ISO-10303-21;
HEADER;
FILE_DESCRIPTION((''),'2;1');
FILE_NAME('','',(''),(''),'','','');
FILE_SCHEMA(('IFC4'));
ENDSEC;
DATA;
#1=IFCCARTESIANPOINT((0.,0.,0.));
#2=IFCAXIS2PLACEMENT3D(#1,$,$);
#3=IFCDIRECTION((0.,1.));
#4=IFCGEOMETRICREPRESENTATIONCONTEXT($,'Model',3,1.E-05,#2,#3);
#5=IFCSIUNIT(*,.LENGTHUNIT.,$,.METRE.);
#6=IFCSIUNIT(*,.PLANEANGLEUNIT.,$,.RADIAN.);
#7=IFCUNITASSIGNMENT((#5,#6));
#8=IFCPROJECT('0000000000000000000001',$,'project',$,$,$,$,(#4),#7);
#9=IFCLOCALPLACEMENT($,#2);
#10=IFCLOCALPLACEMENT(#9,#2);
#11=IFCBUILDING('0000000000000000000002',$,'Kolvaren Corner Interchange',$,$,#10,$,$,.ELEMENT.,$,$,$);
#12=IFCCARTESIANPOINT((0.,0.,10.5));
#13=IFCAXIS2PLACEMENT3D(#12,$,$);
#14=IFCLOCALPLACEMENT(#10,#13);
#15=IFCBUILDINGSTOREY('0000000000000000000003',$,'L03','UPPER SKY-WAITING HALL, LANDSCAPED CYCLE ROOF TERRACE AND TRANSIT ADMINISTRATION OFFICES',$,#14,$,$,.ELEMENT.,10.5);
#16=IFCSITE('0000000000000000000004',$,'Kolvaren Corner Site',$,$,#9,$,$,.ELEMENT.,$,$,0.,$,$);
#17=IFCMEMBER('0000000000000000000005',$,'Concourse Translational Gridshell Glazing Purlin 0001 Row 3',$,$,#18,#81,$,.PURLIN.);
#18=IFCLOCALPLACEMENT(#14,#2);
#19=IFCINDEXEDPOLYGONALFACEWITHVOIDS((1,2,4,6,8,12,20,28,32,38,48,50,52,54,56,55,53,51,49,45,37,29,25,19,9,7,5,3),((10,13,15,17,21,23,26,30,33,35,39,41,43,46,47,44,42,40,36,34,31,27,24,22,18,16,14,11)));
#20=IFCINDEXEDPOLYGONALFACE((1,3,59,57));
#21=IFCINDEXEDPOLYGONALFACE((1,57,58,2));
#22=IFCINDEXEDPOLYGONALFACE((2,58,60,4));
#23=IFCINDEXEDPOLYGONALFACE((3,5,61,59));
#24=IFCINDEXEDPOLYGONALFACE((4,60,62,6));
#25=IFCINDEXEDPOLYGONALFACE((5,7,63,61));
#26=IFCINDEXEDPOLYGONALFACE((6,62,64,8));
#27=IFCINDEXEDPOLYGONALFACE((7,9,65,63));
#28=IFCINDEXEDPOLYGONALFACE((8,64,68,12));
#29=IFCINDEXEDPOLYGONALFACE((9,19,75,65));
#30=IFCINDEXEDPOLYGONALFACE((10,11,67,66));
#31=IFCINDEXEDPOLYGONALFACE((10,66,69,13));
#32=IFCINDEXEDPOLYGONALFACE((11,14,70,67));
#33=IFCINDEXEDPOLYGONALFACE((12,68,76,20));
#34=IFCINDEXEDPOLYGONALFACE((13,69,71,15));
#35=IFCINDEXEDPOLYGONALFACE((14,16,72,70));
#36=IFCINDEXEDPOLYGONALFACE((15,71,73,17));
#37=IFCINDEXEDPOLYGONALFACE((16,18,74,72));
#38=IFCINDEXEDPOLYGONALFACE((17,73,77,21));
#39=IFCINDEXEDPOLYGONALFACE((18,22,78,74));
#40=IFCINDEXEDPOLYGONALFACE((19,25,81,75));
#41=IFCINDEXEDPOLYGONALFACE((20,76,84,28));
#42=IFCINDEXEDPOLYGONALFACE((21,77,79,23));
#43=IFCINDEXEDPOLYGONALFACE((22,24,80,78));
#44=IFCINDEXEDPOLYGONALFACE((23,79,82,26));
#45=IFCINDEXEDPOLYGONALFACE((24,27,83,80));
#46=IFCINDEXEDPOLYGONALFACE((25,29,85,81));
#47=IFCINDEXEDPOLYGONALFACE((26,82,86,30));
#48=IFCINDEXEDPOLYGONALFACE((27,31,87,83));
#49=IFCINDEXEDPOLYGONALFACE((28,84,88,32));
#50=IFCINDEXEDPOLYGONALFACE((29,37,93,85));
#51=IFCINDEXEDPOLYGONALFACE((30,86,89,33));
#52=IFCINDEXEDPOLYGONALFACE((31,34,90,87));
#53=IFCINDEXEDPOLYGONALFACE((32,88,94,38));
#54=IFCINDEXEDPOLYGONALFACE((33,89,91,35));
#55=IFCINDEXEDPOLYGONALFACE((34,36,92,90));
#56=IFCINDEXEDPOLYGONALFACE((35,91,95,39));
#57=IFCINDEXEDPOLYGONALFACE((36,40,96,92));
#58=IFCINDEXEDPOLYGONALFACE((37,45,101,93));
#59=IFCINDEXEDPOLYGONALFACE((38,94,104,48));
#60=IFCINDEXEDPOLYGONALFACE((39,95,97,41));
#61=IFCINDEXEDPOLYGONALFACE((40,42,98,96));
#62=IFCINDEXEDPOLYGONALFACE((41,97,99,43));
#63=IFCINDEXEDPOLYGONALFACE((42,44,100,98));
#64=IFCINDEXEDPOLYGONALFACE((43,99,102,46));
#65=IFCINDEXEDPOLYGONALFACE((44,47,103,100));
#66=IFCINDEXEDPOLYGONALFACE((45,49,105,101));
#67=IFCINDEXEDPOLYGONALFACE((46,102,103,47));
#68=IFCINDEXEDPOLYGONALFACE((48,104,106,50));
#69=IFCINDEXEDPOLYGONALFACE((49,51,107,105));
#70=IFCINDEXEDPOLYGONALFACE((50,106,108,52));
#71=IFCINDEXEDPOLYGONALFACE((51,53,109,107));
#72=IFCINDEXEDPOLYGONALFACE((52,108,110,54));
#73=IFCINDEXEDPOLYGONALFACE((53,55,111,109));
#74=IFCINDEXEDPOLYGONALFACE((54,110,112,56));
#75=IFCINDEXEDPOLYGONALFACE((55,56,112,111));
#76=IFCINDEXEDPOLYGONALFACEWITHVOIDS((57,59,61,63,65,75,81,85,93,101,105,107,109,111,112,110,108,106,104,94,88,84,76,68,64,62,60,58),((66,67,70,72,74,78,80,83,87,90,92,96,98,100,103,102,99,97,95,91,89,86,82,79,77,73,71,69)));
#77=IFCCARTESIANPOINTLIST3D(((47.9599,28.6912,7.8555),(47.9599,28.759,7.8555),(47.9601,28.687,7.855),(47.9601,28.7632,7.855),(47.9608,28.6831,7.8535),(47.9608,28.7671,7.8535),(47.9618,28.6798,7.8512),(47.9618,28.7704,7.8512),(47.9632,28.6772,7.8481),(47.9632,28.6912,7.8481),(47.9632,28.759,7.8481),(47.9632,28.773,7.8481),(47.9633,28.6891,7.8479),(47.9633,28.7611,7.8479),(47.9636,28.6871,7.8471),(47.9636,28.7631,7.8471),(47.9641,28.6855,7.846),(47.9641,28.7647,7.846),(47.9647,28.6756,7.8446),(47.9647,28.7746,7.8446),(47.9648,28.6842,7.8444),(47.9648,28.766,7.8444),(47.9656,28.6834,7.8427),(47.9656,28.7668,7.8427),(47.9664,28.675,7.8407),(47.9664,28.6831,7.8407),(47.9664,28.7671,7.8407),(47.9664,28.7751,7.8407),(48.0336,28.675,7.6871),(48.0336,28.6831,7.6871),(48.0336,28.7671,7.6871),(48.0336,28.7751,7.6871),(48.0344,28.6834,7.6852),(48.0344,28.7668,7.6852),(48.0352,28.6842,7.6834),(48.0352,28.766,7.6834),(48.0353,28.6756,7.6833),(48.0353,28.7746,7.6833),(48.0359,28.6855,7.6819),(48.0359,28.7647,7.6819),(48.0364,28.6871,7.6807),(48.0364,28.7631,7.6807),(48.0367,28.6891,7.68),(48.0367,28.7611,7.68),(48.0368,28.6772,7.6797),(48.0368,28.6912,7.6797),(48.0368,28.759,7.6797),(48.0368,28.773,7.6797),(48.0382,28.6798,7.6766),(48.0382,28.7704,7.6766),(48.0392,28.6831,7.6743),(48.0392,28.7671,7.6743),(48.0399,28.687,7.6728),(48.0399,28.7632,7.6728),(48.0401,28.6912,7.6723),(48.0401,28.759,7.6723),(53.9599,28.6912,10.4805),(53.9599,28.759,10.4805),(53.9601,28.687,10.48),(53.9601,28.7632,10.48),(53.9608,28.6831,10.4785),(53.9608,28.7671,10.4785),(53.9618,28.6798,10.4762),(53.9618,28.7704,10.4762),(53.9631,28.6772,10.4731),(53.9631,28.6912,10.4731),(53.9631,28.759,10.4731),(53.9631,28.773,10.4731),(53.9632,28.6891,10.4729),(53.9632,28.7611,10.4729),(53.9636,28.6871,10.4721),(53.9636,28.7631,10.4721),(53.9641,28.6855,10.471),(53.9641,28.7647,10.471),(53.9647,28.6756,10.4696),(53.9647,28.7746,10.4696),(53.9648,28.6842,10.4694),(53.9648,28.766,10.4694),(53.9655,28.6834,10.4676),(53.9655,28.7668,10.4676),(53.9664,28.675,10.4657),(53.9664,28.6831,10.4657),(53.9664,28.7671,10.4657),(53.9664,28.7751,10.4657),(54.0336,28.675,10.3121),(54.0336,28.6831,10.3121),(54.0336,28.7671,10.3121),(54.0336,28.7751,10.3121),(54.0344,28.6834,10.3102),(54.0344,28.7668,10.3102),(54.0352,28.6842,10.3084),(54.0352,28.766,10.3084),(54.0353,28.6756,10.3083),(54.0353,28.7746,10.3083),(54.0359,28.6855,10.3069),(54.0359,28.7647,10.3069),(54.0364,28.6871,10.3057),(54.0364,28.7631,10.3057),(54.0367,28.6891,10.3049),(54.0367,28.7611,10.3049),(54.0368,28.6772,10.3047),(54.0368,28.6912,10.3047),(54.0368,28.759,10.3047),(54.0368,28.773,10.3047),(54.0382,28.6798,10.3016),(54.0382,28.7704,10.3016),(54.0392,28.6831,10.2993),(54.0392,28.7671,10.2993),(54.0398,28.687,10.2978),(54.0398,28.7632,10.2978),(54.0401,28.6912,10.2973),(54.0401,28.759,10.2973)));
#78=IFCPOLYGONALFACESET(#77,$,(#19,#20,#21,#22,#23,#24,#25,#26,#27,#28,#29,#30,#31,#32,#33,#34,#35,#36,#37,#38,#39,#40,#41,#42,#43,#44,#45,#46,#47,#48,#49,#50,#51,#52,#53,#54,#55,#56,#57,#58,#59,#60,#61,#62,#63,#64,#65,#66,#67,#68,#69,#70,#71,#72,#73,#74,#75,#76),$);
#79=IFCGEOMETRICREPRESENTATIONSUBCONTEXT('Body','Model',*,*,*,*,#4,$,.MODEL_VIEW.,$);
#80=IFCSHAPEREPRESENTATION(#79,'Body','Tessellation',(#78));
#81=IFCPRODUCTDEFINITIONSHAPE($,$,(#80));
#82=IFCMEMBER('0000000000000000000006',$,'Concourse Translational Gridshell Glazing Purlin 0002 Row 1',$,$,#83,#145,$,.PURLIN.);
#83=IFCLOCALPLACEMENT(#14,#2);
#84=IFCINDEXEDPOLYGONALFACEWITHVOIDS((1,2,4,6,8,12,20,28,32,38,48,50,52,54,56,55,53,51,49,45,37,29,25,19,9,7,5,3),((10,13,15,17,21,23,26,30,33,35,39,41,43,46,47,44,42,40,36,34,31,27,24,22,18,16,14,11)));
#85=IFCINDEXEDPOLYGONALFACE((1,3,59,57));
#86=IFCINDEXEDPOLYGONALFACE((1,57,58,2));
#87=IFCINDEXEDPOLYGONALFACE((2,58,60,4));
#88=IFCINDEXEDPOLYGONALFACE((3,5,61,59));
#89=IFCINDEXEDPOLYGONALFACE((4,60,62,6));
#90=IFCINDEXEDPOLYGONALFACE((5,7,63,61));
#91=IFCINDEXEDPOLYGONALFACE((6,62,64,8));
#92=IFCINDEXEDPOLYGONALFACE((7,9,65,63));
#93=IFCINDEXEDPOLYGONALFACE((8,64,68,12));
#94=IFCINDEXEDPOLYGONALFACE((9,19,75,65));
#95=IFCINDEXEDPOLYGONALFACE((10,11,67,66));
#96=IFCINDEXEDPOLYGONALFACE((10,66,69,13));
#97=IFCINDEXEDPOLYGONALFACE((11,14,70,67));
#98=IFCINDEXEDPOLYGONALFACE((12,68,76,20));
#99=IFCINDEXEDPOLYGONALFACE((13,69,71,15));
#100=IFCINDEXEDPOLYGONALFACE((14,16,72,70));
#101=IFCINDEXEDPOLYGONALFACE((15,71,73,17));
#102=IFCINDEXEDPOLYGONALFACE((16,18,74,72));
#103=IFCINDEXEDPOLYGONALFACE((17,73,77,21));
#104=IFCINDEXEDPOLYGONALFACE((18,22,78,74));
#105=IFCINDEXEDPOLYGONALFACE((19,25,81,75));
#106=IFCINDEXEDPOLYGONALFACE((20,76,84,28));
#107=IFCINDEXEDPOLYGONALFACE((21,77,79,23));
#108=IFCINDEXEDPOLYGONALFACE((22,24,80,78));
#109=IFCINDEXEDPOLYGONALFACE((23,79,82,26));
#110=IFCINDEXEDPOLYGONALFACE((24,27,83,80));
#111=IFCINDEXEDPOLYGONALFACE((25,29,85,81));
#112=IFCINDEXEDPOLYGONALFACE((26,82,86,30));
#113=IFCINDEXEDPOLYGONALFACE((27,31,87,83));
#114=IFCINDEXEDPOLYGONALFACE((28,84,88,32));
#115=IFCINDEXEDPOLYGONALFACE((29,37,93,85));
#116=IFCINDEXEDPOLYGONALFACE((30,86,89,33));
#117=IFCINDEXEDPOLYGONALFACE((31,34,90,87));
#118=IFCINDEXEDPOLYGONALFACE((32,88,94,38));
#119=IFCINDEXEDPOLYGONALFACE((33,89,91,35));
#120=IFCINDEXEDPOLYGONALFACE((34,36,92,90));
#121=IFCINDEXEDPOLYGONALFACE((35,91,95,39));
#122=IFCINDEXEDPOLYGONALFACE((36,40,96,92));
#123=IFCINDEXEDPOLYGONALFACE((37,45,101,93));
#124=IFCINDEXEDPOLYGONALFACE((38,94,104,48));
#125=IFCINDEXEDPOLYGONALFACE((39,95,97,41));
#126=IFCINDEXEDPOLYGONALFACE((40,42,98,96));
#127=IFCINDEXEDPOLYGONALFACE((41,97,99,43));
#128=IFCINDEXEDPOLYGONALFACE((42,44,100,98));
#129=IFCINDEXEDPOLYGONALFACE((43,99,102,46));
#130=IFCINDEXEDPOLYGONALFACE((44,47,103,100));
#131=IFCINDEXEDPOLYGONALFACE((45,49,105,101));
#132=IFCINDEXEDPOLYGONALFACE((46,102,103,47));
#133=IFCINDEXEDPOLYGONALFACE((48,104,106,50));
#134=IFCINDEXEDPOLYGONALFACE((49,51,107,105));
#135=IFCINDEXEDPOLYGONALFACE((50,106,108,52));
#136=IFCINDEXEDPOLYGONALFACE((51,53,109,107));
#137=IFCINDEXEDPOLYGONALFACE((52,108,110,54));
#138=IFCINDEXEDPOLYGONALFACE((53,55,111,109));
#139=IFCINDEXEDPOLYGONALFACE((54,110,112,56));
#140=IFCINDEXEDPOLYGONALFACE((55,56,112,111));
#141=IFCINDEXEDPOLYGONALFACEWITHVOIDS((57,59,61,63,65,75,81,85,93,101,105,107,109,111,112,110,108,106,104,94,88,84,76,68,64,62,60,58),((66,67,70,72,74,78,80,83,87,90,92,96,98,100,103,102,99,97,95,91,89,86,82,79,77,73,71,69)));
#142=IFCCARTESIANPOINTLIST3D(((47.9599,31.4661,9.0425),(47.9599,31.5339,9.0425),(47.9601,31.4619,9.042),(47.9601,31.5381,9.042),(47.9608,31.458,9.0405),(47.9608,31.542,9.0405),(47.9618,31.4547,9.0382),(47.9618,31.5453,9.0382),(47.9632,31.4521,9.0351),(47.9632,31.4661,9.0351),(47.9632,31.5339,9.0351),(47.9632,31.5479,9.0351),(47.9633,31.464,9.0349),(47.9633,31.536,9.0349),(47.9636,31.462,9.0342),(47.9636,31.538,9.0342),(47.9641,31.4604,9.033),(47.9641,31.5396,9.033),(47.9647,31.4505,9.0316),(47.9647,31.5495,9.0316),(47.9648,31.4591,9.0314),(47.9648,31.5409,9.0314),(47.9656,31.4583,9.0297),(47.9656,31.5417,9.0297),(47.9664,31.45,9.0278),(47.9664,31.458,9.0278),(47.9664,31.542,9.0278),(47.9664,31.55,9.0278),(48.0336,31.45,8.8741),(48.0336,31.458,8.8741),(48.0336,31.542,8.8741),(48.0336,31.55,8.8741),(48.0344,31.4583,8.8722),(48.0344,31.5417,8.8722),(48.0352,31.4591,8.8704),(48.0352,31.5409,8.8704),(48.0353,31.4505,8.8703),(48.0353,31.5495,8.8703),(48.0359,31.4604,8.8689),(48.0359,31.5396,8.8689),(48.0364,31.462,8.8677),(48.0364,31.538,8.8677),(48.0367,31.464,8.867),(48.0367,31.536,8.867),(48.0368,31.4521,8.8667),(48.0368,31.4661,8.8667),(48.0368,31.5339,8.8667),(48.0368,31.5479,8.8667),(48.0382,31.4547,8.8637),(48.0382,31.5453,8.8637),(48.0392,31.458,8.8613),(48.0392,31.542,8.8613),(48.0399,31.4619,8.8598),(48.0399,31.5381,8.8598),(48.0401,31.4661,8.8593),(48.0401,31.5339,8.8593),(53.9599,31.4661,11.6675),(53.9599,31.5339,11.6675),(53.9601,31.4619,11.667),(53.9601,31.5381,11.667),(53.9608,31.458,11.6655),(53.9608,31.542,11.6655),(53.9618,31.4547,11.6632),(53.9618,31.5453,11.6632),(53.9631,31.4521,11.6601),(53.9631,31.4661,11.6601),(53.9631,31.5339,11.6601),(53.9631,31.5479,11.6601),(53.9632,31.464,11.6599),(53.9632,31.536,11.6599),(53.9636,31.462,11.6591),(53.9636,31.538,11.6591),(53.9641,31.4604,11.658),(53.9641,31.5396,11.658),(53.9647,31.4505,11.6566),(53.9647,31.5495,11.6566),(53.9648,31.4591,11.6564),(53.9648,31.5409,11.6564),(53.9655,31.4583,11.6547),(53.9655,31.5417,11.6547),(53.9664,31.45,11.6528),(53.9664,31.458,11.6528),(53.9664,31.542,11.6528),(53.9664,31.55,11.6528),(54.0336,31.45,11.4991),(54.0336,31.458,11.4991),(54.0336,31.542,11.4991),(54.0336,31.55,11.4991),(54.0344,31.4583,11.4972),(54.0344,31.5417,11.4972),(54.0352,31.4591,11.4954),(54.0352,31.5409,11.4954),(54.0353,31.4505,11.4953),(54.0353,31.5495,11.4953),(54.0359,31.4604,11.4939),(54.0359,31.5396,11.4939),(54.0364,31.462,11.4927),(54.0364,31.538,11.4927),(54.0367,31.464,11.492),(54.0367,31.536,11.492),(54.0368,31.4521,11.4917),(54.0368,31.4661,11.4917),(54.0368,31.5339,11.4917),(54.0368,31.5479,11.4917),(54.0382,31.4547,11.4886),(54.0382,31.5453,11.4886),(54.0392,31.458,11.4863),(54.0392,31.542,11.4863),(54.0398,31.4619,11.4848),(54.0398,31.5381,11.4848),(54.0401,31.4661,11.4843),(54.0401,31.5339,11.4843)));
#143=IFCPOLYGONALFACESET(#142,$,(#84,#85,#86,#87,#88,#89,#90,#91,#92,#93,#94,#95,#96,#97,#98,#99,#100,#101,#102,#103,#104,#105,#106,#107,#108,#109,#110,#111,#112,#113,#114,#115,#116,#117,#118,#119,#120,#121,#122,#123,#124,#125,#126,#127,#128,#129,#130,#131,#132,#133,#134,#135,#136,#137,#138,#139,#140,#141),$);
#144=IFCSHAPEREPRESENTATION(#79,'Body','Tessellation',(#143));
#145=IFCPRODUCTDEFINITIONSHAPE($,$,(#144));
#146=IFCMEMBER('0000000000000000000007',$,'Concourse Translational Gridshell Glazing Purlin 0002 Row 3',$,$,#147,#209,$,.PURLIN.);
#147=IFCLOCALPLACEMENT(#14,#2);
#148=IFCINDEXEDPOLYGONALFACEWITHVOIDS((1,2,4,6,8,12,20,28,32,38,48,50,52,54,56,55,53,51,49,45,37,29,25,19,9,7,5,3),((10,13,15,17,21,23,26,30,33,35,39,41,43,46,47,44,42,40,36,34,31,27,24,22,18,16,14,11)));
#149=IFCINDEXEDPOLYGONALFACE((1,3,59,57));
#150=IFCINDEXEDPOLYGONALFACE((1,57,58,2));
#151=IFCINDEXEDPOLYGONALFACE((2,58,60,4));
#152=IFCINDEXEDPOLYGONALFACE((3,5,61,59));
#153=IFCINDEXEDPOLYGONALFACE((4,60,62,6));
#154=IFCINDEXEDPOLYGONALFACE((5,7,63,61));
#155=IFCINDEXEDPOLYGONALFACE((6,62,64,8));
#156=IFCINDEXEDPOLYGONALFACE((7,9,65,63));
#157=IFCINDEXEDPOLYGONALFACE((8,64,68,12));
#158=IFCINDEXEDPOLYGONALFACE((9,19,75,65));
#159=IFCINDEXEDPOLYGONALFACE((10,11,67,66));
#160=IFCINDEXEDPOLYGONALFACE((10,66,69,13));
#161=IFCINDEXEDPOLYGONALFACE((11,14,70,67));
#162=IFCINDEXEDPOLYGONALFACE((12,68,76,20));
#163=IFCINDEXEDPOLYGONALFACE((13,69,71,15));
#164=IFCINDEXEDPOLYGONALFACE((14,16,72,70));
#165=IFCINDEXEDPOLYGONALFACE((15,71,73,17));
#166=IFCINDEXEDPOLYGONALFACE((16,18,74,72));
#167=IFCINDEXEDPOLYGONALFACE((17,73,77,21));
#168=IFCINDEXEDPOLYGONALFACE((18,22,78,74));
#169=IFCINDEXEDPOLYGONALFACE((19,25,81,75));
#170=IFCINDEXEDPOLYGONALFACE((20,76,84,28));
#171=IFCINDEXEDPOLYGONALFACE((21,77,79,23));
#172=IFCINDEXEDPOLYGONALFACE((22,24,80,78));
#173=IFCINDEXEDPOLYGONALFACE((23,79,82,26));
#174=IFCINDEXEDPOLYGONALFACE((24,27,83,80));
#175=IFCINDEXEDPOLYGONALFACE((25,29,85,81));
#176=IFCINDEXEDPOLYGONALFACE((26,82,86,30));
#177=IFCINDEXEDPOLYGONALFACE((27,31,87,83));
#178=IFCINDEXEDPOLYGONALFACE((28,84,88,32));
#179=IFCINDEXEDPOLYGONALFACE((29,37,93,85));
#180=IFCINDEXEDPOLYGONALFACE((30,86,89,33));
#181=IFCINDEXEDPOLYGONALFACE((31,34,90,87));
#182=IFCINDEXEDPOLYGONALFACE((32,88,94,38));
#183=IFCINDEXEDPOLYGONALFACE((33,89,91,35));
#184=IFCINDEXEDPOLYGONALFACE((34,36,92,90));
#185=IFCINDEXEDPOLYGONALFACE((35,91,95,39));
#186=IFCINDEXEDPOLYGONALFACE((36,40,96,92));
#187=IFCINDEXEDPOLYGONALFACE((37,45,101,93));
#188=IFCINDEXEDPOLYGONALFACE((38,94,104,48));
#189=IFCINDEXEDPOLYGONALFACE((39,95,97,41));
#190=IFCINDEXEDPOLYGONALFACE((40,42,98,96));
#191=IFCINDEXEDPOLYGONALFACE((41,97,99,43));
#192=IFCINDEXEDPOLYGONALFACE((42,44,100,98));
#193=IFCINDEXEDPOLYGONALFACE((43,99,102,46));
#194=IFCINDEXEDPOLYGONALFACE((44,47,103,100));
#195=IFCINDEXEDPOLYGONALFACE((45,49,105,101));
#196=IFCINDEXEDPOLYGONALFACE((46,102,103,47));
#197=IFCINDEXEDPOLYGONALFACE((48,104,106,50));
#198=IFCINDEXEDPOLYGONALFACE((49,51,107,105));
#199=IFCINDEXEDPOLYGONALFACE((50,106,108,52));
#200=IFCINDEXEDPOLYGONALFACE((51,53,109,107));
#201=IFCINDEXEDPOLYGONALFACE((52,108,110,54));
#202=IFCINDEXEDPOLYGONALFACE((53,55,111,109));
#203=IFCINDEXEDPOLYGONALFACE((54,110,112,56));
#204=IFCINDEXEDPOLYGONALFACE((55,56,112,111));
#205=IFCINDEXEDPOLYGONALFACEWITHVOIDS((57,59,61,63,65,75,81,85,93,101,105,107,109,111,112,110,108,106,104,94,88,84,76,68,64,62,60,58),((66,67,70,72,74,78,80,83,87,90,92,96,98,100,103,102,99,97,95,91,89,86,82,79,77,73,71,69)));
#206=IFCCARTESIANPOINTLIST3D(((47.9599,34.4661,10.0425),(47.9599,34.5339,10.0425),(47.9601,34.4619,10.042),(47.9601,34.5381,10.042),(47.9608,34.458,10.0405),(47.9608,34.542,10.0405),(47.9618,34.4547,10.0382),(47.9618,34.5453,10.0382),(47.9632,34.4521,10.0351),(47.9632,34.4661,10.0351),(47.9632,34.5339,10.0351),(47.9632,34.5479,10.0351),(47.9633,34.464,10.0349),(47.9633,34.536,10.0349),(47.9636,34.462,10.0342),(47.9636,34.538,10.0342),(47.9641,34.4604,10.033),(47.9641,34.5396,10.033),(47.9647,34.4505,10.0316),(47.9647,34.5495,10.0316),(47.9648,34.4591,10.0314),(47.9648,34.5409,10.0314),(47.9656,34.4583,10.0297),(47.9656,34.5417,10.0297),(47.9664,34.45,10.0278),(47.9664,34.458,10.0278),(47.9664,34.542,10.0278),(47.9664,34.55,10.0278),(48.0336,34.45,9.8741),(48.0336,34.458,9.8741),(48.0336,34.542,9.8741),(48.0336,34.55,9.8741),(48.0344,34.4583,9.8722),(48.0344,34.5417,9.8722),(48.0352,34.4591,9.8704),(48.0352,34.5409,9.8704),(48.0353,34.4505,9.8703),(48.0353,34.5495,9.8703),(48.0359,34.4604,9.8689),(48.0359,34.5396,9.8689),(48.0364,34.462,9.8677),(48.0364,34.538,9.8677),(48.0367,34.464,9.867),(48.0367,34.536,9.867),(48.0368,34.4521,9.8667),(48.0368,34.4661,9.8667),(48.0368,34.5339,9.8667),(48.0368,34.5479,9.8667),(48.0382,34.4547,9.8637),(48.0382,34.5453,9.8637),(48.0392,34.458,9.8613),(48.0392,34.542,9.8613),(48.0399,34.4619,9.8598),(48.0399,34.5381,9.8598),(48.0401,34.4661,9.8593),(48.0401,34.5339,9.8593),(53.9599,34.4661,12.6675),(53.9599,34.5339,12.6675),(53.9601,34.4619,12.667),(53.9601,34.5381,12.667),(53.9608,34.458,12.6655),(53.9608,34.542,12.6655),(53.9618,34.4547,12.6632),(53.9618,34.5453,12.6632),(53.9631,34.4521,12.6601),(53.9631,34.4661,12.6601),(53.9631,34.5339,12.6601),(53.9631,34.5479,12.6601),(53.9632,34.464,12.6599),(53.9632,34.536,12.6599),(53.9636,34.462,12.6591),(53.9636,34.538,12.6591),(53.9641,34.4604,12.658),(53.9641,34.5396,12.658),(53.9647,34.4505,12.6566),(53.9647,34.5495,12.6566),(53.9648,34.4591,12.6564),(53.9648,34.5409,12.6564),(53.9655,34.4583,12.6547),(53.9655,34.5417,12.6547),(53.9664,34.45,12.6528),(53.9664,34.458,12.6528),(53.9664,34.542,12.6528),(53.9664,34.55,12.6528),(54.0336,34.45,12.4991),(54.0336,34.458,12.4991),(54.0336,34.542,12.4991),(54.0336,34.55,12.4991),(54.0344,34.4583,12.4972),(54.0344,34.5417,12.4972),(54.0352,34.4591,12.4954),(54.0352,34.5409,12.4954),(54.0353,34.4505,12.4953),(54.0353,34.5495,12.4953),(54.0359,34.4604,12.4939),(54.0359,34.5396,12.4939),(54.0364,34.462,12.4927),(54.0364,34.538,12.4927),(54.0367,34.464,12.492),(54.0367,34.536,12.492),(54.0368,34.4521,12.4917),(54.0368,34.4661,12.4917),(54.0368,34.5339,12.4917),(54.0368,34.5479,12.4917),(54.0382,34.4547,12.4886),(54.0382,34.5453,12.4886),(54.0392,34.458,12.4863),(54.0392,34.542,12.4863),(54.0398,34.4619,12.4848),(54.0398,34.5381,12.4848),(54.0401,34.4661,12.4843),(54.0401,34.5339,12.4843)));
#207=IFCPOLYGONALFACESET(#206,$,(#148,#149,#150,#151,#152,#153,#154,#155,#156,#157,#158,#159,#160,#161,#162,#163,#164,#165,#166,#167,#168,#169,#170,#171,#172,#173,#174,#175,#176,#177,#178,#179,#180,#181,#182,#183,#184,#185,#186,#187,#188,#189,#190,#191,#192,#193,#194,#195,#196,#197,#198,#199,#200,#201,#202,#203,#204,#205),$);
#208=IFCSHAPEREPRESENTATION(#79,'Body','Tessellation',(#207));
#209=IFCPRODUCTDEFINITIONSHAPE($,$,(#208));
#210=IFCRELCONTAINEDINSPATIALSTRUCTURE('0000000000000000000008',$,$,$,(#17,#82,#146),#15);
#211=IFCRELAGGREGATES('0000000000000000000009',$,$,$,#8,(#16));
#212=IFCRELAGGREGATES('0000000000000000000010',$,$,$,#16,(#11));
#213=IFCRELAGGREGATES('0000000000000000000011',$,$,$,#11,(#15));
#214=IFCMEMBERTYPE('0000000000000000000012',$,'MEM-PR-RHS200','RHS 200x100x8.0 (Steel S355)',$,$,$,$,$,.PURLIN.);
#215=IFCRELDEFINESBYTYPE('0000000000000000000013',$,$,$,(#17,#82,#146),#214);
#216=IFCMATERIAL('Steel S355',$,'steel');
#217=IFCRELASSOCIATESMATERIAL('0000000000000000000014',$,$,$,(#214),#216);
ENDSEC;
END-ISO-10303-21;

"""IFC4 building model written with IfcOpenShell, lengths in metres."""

from ifc_helpers import new_model, si_unit, direction, frame, origin, origin_2d, place, context, subcontext, project, spatial, hollow_rectangle, extrude, material, material_profile, profile_set, type_object, element, save


model = new_model("IFC4")

# Units and contexts
model_context = context("Model", 3, precision=1e-05, world=origin(), true_north=direction((0.0, 1.0)))
body_context = subcontext(model_context, "Body", "Model", "MODEL_VIEW")
ifc_project = project(units=[si_unit("LENGTHUNIT", "METRE"), si_unit("PLANEANGLEUNIT", "RADIAN")], contexts=[model_context])

# Site, building, storey
site_placement = place(None, origin())
site = spatial("IfcSite", under=ifc_project, at=site_placement, Name="Kolvaren Corner Site", CompositionType="ELEMENT", RefElevation=0.0)
building_placement = place(site_placement, origin())
building = spatial("IfcBuilding", under=site, at=building_placement, Name="Kolvaren Corner Interchange", CompositionType="ELEMENT")
storey_placement = place(building_placement, frame((0.0, 0.0, 10.5)))
storey = spatial("IfcBuildingStorey", under=building, at=storey_placement, Name="L03", Description="UPPER SKY-WAITING HALL, LANDSCAPED CYCLE ROOF TERRACE AND TRANSIT ADMINISTRATION OFFICES", CompositionType="ELEMENT", Elevation=10.5)

# Members
ifc_material_1 = material(Name="Steel S355", Category="steel")
ifc_material_profile_1 = material_profile(ifc_material_1, hollow_rectangle(XDim=0.1001, YDim=0.2, WallThickness=0.0081, InnerFilletRadius=0.0081, OuterFilletRadius=0.0161, at=origin_2d()), Name="RHS 200x100x8.0")
ifc_profile_set_1 = profile_set([ifc_material_profile_1], Name="Steel S355")
member_type_1 = type_object("IfcMemberType", Name="MEM-PR-RHS200", Description="RHS 200x100x8.0 (Steel S355)", PredefinedType="PURLIN", material=ifc_profile_set_1)
for number, where, z_axis, x_axis, name in (
    (1, (48.0, 28.7251, 7.7639), (0.916157, 0.0, 0.400819), (0.0, 1.0, 0.0), "Concourse Translational Gridshell Glazing Purlin 0001 Row 3"),
    (2, (48.0, 31.5, 8.9509), (0.916157, 0.0, 0.400819), (0.0, 1.0, 0.0), "Concourse Translational Gridshell Glazing Purlin 0002 Row 1"),
    (3, (48.0, 34.5, 9.9509), (0.916157, 0.0, 0.400819), (0.0, 1.0, 0.0), "Concourse Translational Gridshell Glazing Purlin 0002 Row 3"),
):
    element("IfcMember", number, at=place(storey_placement, frame(where, z_axis=z_axis, x_axis=x_axis)), inside=storey, type_object=member_type_1, Name=name, PredefinedType="PURLIN", context=body_context, shape_type="SweptSolid", body=[
        extrude(hollow_rectangle(XDim=0.1001, YDim=0.2, WallThickness=0.0081, InnerFilletRadius=0.0081, OuterFilletRadius=0.0161, at=origin_2d()), origin(), (0.0, 0.0, 1.0), 6.5491),
    ])

save(model, "model.ifc")
